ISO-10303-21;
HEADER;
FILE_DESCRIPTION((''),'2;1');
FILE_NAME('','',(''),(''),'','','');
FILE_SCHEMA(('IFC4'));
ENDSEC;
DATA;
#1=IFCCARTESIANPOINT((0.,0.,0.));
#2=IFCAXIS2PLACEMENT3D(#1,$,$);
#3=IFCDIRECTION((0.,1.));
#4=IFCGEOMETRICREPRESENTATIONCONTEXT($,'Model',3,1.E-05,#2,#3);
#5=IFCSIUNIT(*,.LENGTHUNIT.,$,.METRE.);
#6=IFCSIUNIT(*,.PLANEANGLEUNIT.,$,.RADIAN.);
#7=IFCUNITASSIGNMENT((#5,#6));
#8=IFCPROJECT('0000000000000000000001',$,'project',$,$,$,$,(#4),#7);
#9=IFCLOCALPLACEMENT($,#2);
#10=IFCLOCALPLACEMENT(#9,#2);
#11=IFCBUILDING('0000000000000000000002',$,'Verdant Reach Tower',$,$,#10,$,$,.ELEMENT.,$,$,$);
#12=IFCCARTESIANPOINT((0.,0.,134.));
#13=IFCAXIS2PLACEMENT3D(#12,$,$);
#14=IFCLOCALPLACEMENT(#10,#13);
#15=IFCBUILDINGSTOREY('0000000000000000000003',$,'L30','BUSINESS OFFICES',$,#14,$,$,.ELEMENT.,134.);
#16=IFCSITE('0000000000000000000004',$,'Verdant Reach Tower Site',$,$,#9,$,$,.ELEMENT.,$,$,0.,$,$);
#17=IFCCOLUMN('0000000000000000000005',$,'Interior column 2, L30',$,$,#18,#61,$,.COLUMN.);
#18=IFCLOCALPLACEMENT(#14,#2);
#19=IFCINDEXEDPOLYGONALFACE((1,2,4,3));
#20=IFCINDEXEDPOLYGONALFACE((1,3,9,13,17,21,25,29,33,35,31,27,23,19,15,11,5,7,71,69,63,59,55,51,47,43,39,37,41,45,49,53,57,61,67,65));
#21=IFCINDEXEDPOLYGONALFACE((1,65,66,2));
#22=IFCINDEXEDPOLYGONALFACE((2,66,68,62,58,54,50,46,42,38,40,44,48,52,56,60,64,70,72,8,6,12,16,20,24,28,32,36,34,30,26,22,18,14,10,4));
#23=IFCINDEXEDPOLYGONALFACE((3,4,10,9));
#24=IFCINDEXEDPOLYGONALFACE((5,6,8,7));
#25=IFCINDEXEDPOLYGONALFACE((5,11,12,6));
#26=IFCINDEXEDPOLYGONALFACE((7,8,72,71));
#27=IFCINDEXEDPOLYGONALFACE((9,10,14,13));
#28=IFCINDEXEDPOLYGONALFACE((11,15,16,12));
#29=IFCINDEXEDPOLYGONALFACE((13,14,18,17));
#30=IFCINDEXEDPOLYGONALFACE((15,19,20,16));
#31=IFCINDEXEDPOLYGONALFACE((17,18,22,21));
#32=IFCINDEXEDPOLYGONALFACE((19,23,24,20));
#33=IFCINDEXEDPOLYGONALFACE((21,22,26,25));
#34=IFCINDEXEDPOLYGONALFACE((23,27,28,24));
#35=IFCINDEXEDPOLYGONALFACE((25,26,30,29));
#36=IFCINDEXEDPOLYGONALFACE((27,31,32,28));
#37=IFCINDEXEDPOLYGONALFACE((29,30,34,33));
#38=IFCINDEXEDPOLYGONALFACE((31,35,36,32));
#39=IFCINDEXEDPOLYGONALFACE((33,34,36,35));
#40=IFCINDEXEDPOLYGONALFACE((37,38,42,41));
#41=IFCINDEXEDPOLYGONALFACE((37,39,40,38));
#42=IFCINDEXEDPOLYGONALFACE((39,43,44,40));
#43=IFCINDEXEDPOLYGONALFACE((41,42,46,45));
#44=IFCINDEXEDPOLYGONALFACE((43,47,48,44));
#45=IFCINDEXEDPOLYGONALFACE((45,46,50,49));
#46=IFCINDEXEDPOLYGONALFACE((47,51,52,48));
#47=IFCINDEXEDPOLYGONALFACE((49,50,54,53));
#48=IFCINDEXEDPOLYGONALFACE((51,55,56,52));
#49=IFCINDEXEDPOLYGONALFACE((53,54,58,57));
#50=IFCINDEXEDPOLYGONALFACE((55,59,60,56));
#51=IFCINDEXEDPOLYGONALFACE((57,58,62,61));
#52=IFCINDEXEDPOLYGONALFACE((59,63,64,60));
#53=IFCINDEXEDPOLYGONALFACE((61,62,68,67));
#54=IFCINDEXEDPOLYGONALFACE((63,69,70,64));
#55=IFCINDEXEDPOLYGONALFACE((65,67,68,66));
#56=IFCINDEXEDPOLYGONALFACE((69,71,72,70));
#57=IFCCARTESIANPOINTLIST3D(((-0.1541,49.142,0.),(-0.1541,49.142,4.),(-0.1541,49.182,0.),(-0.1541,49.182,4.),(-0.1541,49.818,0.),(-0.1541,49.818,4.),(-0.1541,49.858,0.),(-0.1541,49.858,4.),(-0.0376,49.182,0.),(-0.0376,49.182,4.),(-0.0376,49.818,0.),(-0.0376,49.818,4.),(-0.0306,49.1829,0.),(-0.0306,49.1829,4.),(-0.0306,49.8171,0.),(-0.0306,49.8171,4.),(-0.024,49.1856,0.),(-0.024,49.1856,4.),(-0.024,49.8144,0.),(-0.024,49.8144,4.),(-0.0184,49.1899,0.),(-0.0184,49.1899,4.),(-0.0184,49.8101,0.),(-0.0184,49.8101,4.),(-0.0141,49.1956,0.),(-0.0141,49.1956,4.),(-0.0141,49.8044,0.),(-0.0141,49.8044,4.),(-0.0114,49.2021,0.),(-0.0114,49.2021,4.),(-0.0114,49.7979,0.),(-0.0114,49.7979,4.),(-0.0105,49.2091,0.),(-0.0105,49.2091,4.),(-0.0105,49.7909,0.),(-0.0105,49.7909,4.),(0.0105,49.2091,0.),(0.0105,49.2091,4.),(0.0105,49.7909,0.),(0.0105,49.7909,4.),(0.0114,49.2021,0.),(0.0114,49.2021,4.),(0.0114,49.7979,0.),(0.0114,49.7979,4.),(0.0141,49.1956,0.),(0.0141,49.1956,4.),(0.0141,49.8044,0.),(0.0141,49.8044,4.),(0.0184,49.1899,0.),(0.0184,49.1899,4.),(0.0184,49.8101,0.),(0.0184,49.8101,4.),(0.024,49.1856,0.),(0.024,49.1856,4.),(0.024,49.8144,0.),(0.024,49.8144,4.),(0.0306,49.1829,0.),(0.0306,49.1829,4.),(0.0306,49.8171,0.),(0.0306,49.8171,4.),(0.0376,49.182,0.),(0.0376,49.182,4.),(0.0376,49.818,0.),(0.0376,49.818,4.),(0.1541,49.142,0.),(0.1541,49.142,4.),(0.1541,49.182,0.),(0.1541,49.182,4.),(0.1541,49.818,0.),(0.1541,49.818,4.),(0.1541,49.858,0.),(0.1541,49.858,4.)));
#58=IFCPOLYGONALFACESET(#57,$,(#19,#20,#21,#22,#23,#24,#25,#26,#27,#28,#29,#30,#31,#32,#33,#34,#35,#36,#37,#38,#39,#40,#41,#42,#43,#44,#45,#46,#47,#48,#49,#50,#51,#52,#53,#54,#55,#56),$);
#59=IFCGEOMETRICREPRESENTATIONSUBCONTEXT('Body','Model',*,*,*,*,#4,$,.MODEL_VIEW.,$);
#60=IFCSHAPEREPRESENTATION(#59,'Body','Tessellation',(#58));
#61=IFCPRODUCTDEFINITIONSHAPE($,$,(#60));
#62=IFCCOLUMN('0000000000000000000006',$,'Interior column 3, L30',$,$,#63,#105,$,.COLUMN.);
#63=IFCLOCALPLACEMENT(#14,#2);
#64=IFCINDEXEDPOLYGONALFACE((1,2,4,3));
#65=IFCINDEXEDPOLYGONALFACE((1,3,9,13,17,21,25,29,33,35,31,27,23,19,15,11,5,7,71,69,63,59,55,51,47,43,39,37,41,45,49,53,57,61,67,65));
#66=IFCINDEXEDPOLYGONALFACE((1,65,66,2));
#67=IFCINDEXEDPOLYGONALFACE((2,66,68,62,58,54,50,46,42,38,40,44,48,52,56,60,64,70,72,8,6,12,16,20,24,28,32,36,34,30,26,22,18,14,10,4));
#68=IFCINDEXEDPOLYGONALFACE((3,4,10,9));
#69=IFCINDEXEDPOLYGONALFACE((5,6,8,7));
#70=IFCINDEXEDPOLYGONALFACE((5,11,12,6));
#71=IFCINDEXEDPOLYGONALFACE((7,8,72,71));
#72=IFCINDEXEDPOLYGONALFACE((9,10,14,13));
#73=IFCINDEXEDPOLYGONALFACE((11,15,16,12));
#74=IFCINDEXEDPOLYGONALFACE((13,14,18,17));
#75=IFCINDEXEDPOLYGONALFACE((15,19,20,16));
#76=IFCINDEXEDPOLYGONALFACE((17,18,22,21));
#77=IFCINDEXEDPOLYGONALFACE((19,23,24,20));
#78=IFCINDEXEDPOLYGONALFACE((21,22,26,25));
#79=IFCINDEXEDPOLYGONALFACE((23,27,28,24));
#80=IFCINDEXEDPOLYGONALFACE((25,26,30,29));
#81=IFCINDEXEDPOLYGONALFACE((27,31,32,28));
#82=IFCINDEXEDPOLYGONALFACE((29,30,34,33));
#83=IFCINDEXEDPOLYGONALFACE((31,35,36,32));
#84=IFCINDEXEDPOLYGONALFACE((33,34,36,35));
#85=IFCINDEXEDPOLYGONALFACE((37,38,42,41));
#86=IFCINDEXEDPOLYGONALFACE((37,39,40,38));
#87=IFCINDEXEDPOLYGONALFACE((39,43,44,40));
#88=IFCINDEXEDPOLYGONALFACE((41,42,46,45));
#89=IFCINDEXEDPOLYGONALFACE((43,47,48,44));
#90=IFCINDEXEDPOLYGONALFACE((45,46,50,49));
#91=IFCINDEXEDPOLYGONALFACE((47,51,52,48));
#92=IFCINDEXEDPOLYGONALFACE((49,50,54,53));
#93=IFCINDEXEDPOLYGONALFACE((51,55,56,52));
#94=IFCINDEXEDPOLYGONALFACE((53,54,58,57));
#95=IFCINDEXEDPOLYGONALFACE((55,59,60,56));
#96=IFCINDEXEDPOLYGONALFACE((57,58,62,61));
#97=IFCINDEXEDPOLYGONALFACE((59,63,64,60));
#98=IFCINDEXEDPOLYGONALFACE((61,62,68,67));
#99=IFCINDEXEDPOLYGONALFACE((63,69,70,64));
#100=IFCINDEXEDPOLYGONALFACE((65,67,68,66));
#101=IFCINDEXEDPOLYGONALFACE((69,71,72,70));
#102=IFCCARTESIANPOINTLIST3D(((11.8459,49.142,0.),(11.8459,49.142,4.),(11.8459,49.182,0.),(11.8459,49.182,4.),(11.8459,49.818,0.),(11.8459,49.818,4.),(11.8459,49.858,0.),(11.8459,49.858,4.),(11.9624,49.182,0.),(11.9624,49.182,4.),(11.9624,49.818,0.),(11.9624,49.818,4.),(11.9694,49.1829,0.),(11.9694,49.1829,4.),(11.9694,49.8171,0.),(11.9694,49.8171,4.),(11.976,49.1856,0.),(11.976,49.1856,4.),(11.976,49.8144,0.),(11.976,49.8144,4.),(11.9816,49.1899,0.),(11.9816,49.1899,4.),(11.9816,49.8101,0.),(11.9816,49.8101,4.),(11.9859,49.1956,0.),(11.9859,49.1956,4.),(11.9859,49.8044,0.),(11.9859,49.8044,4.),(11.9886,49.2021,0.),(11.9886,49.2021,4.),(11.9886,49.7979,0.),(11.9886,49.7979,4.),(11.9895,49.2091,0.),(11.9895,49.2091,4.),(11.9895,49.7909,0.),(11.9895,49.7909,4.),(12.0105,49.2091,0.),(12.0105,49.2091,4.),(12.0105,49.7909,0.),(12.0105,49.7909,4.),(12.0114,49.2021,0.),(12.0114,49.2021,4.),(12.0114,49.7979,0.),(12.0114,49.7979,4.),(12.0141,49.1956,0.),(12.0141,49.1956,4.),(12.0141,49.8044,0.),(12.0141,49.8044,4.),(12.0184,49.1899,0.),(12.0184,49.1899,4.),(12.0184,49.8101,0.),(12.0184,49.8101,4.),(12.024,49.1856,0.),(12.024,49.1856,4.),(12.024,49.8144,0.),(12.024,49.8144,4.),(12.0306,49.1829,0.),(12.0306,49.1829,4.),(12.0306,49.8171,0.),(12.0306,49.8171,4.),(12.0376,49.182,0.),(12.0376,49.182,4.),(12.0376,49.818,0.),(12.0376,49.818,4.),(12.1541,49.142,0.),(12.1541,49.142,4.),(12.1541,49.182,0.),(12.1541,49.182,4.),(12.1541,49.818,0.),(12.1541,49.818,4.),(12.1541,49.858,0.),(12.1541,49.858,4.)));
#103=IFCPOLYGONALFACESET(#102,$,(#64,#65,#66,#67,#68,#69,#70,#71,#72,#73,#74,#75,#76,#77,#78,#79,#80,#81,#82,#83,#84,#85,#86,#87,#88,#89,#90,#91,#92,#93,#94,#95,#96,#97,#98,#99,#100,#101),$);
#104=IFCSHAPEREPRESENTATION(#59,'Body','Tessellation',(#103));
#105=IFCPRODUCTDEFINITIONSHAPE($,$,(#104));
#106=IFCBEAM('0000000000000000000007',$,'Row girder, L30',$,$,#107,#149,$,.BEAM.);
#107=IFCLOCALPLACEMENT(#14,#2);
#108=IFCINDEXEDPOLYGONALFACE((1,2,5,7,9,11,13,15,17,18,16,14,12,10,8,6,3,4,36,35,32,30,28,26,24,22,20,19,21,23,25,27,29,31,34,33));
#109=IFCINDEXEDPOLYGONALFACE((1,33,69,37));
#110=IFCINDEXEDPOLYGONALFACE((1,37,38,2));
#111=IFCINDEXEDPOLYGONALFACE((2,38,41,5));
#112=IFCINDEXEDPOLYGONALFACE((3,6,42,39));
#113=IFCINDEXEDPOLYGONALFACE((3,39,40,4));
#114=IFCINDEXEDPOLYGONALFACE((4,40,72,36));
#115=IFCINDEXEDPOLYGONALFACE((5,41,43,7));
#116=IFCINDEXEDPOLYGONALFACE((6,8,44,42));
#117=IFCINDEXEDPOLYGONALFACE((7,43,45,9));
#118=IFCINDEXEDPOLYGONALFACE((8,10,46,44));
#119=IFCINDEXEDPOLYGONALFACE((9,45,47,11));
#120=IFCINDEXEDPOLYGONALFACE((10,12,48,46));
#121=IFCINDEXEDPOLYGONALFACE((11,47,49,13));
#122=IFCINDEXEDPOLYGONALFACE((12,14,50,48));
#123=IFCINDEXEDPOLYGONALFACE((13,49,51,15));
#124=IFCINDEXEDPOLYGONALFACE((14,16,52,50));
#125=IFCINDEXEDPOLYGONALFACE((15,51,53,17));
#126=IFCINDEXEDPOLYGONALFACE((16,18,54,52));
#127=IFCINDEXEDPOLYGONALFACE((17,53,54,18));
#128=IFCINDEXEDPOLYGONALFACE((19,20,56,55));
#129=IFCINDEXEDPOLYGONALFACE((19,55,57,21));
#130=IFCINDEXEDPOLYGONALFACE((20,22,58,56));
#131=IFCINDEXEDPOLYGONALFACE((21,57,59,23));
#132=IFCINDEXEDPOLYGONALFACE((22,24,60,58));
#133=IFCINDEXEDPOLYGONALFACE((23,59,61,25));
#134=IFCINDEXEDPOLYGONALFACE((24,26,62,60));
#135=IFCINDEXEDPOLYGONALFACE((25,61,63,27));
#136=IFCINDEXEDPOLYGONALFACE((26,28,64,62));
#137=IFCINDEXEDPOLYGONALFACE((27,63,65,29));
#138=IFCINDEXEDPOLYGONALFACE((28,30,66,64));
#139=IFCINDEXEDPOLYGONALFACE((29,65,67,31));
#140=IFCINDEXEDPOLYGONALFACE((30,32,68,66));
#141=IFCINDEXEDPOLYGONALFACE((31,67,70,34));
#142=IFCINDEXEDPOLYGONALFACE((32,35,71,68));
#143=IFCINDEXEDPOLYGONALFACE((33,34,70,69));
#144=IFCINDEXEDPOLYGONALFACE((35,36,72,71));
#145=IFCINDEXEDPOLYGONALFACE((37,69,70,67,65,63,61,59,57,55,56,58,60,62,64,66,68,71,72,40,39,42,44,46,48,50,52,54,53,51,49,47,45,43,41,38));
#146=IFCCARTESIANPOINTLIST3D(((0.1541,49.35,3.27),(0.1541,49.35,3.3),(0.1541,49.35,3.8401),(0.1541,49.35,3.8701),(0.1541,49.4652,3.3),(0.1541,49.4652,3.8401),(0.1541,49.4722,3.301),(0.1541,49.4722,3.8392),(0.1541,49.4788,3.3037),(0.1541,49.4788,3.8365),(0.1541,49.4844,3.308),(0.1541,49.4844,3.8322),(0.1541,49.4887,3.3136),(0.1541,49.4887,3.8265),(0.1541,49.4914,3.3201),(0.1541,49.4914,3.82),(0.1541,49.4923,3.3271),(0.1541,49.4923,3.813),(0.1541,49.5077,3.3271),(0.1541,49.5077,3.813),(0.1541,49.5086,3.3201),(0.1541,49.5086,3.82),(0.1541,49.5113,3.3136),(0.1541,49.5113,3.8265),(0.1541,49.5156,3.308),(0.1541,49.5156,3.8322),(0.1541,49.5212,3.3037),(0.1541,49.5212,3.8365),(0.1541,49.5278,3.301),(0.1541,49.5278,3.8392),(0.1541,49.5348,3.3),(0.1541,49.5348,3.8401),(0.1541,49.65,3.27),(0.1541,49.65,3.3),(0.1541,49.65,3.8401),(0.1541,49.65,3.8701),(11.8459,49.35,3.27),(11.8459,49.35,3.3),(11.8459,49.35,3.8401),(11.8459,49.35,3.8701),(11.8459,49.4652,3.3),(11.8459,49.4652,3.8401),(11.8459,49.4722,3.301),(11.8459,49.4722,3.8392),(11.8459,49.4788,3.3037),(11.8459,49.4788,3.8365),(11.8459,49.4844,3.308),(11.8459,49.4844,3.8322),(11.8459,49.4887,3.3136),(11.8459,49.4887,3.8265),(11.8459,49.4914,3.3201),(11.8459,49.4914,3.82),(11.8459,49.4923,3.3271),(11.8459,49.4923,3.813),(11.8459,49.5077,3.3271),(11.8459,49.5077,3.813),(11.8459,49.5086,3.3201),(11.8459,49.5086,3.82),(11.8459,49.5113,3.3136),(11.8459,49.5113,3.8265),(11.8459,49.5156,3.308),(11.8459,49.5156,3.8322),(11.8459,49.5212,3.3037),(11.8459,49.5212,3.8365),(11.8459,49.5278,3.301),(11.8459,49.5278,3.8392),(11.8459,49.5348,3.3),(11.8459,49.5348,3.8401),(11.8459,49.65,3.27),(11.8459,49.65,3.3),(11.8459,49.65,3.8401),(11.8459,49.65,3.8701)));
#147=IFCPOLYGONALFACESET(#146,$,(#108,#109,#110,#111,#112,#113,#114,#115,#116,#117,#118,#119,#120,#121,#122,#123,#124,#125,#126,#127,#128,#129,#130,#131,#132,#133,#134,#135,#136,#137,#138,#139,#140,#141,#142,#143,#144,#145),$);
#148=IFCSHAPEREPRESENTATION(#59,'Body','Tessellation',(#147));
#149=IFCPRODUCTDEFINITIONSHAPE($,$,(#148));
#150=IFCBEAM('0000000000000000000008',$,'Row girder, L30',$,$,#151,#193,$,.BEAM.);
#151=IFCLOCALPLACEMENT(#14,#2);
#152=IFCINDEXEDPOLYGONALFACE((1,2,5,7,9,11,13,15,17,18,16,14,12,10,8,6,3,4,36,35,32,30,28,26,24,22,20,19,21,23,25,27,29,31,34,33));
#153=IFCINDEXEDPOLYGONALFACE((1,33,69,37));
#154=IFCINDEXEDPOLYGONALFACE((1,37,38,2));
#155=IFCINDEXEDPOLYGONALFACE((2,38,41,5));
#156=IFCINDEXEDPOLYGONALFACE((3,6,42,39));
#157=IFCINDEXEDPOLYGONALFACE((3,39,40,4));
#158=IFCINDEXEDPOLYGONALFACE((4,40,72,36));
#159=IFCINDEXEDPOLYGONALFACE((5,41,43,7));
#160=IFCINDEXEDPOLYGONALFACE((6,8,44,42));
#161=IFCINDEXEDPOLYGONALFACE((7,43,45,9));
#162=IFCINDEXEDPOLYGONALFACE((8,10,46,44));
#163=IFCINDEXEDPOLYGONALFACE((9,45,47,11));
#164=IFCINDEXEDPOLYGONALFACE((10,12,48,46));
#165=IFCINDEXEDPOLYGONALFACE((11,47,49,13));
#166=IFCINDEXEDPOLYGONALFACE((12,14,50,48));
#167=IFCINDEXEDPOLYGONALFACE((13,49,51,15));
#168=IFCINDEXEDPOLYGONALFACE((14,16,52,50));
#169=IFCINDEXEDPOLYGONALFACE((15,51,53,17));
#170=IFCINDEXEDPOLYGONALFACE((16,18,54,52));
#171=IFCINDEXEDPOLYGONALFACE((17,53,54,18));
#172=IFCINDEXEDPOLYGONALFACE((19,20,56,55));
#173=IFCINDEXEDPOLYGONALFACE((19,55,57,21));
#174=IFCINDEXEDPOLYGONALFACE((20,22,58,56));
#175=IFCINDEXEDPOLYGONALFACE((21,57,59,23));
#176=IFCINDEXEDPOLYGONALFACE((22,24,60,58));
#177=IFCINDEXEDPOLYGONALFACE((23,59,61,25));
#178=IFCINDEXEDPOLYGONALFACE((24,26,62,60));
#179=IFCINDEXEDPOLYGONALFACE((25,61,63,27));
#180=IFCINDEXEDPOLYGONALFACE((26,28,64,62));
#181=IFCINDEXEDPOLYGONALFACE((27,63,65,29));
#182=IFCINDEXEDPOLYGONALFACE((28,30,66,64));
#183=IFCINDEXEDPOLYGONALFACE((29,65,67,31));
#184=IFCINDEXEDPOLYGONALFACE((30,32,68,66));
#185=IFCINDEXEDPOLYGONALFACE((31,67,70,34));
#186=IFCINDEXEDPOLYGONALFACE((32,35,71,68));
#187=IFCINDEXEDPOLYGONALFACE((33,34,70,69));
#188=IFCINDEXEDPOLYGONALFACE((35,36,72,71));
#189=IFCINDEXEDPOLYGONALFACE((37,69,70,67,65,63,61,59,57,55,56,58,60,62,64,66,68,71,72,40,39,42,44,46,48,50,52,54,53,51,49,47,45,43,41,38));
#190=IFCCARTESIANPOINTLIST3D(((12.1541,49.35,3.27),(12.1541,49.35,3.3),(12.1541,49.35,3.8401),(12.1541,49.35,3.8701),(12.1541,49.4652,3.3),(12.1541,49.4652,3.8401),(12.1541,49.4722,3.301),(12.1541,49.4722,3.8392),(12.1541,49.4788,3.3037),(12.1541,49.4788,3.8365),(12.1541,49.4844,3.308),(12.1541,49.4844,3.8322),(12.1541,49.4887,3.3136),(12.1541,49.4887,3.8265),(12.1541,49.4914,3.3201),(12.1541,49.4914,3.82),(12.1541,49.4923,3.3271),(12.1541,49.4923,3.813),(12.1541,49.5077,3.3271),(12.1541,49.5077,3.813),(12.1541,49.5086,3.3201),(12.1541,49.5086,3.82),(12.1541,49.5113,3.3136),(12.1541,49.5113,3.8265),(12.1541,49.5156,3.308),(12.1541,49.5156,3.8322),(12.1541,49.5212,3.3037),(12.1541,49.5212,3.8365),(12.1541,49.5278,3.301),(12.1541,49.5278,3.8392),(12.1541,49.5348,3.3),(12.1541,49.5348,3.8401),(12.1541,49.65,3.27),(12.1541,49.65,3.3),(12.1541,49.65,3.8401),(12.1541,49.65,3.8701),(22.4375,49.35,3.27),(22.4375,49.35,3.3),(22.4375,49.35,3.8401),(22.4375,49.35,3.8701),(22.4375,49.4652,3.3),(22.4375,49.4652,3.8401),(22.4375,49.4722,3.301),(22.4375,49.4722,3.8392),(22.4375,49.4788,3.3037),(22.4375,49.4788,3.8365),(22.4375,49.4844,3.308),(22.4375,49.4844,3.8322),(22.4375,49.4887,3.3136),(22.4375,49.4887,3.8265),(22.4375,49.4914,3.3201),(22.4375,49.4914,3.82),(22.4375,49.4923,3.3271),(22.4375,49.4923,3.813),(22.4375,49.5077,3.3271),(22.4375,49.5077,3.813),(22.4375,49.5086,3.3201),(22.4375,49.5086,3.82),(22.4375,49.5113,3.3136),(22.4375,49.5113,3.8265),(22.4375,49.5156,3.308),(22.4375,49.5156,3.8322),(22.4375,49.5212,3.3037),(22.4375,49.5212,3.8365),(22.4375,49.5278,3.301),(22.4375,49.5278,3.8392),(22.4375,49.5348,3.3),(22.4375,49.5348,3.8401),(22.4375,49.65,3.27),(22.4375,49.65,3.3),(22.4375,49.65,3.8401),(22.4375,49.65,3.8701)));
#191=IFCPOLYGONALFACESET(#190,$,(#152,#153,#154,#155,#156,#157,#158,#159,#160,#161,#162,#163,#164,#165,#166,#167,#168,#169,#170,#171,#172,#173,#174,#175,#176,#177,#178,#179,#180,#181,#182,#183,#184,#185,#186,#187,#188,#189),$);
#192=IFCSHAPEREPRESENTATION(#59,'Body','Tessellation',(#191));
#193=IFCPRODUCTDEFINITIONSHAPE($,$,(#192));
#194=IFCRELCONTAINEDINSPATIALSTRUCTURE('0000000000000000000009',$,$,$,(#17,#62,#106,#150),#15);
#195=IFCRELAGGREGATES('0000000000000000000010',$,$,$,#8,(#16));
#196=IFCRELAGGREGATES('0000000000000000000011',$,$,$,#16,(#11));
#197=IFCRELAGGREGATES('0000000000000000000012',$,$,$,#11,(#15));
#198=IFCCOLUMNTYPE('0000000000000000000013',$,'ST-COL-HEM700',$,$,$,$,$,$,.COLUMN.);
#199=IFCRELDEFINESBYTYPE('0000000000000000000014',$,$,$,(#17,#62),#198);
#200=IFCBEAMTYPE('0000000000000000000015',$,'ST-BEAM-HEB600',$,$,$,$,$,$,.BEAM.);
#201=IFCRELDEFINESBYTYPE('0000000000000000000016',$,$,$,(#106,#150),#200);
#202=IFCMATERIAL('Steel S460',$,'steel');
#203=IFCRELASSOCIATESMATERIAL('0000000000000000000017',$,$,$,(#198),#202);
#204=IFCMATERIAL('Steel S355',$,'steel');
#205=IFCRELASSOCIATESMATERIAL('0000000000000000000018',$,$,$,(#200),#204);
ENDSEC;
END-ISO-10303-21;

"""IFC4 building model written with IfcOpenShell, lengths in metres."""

from ifc_helpers import new_model, si_unit, direction, frame, origin, origin_2d, place, context, subcontext, project, spatial, i_section, extrude, material, material_profile, profile_set, type_object, element, save


model = new_model("IFC4")

# Units and contexts
model_context = context("Model", 3, precision=1e-05, world=origin(), true_north=direction((0.0, 1.0)))
body_context = subcontext(model_context, "Body", "Model", "MODEL_VIEW")
ifc_project = project(units=[si_unit("LENGTHUNIT", "METRE"), si_unit("PLANEANGLEUNIT", "RADIAN")], contexts=[model_context])

# Site, building, storey
site_placement = place(None, origin())
site = spatial("IfcSite", under=ifc_project, at=site_placement, Name="Verdant Reach Tower Site", CompositionType="ELEMENT", RefElevation=0.0)
building_placement = place(site_placement, origin())
building = spatial("IfcBuilding", under=site, at=building_placement, Name="Verdant Reach Tower", CompositionType="ELEMENT")
storey_placement = place(building_placement, frame((0.0, 0.0, 134.0)))
storey = spatial("IfcBuildingStorey", under=building, at=storey_placement, Name="L30", Description="BUSINESS OFFICES", CompositionType="ELEMENT", Elevation=134.0)

# Columns
ifc_material_1 = material(Name="Steel S460", Category="steel")
ifc_material_profile_1 = material_profile(ifc_material_1, i_section(OverallWidth=0.3081, OverallDepth=0.7161, WebThickness=0.021, FlangeThickness=0.04, FilletRadius=0.0271, at=origin_2d()), Name="HEM 700")
ifc_profile_set_1 = profile_set([ifc_material_profile_1], Name="Steel S460")
column_type = type_object("IfcColumnType", Name="ST-COL-HEM700", PredefinedType="COLUMN", material=ifc_profile_set_1)
for number, where, z_axis, x_axis, name in (
    (1, (0.0, 49.5, 0.0), (0.0, 0.0, 1.0), (1.0, 0.0, 0.0), "Interior column 2, L30"),
    (2, (12.0, 49.5, 0.0), (0.0, 0.0, 1.0), (1.0, 0.0, 0.0), "Interior column 3, L30"),
):
    element("IfcColumn", number, at=place(storey_placement, frame(where, z_axis=z_axis, x_axis=x_axis)), inside=storey, type_object=column_type, Name=name, PredefinedType="COLUMN", context=body_context, shape_type="SweptSolid", body=[
        extrude(i_section(OverallWidth=0.3081, OverallDepth=0.7161, WebThickness=0.021, FlangeThickness=0.04, FilletRadius=0.0271, at=origin_2d()), origin(), (0.0, 0.0, 1.0), 4.0),
    ])

# Beams
ifc_material_2 = material(Name="Steel S355", Category="steel")
ifc_material_profile_2 = material_profile(ifc_material_2, i_section(OverallWidth=0.3, OverallDepth=0.6001, WebThickness=0.0154, FlangeThickness=0.03, FilletRadius=0.0271, at=origin_2d()), Name="HEB 600")
ifc_profile_set_2 = profile_set([ifc_material_profile_2], Name="Steel S355")
beam_type_1 = type_object("IfcBeamType", Name="ST-BEAM-HEB600", PredefinedType="BEAM", material=ifc_profile_set_2)
beam_1_placement = place(storey_placement, frame((0.1541, 49.5, 3.5701), z_axis=(1.0, 0.0, 0.0), x_axis=(0.0, 1.0, 0.0)))
element("IfcBeam", 3, at=beam_1_placement, inside=storey, type_object=beam_type_1, Name="Row girder, L30", PredefinedType="BEAM", context=body_context, shape_type="SweptSolid", body=[
    extrude(i_section(OverallWidth=0.3, OverallDepth=0.6001, WebThickness=0.0154, FlangeThickness=0.03, FilletRadius=0.0271, at=origin_2d()), origin(), (0.0, 0.0, 1.0), 11.6919),
])
beam_2_placement = place(storey_placement, frame((12.1541, 49.5, 3.5701), z_axis=(1.0, 0.0, 0.0), x_axis=(0.0, 1.0, 0.0)))
element("IfcBeam", 4, at=beam_2_placement, inside=storey, type_object=beam_type_1, Name="Row girder, L30", PredefinedType="BEAM", context=body_context, shape_type="SweptSolid", body=[
    extrude(i_section(OverallWidth=0.3, OverallDepth=0.6001, WebThickness=0.0154, FlangeThickness=0.03, FilletRadius=0.0271, at=origin_2d()), origin(), (0.0, 0.0, 1.0), 10.2834),
])

save(model, "model.ifc")
